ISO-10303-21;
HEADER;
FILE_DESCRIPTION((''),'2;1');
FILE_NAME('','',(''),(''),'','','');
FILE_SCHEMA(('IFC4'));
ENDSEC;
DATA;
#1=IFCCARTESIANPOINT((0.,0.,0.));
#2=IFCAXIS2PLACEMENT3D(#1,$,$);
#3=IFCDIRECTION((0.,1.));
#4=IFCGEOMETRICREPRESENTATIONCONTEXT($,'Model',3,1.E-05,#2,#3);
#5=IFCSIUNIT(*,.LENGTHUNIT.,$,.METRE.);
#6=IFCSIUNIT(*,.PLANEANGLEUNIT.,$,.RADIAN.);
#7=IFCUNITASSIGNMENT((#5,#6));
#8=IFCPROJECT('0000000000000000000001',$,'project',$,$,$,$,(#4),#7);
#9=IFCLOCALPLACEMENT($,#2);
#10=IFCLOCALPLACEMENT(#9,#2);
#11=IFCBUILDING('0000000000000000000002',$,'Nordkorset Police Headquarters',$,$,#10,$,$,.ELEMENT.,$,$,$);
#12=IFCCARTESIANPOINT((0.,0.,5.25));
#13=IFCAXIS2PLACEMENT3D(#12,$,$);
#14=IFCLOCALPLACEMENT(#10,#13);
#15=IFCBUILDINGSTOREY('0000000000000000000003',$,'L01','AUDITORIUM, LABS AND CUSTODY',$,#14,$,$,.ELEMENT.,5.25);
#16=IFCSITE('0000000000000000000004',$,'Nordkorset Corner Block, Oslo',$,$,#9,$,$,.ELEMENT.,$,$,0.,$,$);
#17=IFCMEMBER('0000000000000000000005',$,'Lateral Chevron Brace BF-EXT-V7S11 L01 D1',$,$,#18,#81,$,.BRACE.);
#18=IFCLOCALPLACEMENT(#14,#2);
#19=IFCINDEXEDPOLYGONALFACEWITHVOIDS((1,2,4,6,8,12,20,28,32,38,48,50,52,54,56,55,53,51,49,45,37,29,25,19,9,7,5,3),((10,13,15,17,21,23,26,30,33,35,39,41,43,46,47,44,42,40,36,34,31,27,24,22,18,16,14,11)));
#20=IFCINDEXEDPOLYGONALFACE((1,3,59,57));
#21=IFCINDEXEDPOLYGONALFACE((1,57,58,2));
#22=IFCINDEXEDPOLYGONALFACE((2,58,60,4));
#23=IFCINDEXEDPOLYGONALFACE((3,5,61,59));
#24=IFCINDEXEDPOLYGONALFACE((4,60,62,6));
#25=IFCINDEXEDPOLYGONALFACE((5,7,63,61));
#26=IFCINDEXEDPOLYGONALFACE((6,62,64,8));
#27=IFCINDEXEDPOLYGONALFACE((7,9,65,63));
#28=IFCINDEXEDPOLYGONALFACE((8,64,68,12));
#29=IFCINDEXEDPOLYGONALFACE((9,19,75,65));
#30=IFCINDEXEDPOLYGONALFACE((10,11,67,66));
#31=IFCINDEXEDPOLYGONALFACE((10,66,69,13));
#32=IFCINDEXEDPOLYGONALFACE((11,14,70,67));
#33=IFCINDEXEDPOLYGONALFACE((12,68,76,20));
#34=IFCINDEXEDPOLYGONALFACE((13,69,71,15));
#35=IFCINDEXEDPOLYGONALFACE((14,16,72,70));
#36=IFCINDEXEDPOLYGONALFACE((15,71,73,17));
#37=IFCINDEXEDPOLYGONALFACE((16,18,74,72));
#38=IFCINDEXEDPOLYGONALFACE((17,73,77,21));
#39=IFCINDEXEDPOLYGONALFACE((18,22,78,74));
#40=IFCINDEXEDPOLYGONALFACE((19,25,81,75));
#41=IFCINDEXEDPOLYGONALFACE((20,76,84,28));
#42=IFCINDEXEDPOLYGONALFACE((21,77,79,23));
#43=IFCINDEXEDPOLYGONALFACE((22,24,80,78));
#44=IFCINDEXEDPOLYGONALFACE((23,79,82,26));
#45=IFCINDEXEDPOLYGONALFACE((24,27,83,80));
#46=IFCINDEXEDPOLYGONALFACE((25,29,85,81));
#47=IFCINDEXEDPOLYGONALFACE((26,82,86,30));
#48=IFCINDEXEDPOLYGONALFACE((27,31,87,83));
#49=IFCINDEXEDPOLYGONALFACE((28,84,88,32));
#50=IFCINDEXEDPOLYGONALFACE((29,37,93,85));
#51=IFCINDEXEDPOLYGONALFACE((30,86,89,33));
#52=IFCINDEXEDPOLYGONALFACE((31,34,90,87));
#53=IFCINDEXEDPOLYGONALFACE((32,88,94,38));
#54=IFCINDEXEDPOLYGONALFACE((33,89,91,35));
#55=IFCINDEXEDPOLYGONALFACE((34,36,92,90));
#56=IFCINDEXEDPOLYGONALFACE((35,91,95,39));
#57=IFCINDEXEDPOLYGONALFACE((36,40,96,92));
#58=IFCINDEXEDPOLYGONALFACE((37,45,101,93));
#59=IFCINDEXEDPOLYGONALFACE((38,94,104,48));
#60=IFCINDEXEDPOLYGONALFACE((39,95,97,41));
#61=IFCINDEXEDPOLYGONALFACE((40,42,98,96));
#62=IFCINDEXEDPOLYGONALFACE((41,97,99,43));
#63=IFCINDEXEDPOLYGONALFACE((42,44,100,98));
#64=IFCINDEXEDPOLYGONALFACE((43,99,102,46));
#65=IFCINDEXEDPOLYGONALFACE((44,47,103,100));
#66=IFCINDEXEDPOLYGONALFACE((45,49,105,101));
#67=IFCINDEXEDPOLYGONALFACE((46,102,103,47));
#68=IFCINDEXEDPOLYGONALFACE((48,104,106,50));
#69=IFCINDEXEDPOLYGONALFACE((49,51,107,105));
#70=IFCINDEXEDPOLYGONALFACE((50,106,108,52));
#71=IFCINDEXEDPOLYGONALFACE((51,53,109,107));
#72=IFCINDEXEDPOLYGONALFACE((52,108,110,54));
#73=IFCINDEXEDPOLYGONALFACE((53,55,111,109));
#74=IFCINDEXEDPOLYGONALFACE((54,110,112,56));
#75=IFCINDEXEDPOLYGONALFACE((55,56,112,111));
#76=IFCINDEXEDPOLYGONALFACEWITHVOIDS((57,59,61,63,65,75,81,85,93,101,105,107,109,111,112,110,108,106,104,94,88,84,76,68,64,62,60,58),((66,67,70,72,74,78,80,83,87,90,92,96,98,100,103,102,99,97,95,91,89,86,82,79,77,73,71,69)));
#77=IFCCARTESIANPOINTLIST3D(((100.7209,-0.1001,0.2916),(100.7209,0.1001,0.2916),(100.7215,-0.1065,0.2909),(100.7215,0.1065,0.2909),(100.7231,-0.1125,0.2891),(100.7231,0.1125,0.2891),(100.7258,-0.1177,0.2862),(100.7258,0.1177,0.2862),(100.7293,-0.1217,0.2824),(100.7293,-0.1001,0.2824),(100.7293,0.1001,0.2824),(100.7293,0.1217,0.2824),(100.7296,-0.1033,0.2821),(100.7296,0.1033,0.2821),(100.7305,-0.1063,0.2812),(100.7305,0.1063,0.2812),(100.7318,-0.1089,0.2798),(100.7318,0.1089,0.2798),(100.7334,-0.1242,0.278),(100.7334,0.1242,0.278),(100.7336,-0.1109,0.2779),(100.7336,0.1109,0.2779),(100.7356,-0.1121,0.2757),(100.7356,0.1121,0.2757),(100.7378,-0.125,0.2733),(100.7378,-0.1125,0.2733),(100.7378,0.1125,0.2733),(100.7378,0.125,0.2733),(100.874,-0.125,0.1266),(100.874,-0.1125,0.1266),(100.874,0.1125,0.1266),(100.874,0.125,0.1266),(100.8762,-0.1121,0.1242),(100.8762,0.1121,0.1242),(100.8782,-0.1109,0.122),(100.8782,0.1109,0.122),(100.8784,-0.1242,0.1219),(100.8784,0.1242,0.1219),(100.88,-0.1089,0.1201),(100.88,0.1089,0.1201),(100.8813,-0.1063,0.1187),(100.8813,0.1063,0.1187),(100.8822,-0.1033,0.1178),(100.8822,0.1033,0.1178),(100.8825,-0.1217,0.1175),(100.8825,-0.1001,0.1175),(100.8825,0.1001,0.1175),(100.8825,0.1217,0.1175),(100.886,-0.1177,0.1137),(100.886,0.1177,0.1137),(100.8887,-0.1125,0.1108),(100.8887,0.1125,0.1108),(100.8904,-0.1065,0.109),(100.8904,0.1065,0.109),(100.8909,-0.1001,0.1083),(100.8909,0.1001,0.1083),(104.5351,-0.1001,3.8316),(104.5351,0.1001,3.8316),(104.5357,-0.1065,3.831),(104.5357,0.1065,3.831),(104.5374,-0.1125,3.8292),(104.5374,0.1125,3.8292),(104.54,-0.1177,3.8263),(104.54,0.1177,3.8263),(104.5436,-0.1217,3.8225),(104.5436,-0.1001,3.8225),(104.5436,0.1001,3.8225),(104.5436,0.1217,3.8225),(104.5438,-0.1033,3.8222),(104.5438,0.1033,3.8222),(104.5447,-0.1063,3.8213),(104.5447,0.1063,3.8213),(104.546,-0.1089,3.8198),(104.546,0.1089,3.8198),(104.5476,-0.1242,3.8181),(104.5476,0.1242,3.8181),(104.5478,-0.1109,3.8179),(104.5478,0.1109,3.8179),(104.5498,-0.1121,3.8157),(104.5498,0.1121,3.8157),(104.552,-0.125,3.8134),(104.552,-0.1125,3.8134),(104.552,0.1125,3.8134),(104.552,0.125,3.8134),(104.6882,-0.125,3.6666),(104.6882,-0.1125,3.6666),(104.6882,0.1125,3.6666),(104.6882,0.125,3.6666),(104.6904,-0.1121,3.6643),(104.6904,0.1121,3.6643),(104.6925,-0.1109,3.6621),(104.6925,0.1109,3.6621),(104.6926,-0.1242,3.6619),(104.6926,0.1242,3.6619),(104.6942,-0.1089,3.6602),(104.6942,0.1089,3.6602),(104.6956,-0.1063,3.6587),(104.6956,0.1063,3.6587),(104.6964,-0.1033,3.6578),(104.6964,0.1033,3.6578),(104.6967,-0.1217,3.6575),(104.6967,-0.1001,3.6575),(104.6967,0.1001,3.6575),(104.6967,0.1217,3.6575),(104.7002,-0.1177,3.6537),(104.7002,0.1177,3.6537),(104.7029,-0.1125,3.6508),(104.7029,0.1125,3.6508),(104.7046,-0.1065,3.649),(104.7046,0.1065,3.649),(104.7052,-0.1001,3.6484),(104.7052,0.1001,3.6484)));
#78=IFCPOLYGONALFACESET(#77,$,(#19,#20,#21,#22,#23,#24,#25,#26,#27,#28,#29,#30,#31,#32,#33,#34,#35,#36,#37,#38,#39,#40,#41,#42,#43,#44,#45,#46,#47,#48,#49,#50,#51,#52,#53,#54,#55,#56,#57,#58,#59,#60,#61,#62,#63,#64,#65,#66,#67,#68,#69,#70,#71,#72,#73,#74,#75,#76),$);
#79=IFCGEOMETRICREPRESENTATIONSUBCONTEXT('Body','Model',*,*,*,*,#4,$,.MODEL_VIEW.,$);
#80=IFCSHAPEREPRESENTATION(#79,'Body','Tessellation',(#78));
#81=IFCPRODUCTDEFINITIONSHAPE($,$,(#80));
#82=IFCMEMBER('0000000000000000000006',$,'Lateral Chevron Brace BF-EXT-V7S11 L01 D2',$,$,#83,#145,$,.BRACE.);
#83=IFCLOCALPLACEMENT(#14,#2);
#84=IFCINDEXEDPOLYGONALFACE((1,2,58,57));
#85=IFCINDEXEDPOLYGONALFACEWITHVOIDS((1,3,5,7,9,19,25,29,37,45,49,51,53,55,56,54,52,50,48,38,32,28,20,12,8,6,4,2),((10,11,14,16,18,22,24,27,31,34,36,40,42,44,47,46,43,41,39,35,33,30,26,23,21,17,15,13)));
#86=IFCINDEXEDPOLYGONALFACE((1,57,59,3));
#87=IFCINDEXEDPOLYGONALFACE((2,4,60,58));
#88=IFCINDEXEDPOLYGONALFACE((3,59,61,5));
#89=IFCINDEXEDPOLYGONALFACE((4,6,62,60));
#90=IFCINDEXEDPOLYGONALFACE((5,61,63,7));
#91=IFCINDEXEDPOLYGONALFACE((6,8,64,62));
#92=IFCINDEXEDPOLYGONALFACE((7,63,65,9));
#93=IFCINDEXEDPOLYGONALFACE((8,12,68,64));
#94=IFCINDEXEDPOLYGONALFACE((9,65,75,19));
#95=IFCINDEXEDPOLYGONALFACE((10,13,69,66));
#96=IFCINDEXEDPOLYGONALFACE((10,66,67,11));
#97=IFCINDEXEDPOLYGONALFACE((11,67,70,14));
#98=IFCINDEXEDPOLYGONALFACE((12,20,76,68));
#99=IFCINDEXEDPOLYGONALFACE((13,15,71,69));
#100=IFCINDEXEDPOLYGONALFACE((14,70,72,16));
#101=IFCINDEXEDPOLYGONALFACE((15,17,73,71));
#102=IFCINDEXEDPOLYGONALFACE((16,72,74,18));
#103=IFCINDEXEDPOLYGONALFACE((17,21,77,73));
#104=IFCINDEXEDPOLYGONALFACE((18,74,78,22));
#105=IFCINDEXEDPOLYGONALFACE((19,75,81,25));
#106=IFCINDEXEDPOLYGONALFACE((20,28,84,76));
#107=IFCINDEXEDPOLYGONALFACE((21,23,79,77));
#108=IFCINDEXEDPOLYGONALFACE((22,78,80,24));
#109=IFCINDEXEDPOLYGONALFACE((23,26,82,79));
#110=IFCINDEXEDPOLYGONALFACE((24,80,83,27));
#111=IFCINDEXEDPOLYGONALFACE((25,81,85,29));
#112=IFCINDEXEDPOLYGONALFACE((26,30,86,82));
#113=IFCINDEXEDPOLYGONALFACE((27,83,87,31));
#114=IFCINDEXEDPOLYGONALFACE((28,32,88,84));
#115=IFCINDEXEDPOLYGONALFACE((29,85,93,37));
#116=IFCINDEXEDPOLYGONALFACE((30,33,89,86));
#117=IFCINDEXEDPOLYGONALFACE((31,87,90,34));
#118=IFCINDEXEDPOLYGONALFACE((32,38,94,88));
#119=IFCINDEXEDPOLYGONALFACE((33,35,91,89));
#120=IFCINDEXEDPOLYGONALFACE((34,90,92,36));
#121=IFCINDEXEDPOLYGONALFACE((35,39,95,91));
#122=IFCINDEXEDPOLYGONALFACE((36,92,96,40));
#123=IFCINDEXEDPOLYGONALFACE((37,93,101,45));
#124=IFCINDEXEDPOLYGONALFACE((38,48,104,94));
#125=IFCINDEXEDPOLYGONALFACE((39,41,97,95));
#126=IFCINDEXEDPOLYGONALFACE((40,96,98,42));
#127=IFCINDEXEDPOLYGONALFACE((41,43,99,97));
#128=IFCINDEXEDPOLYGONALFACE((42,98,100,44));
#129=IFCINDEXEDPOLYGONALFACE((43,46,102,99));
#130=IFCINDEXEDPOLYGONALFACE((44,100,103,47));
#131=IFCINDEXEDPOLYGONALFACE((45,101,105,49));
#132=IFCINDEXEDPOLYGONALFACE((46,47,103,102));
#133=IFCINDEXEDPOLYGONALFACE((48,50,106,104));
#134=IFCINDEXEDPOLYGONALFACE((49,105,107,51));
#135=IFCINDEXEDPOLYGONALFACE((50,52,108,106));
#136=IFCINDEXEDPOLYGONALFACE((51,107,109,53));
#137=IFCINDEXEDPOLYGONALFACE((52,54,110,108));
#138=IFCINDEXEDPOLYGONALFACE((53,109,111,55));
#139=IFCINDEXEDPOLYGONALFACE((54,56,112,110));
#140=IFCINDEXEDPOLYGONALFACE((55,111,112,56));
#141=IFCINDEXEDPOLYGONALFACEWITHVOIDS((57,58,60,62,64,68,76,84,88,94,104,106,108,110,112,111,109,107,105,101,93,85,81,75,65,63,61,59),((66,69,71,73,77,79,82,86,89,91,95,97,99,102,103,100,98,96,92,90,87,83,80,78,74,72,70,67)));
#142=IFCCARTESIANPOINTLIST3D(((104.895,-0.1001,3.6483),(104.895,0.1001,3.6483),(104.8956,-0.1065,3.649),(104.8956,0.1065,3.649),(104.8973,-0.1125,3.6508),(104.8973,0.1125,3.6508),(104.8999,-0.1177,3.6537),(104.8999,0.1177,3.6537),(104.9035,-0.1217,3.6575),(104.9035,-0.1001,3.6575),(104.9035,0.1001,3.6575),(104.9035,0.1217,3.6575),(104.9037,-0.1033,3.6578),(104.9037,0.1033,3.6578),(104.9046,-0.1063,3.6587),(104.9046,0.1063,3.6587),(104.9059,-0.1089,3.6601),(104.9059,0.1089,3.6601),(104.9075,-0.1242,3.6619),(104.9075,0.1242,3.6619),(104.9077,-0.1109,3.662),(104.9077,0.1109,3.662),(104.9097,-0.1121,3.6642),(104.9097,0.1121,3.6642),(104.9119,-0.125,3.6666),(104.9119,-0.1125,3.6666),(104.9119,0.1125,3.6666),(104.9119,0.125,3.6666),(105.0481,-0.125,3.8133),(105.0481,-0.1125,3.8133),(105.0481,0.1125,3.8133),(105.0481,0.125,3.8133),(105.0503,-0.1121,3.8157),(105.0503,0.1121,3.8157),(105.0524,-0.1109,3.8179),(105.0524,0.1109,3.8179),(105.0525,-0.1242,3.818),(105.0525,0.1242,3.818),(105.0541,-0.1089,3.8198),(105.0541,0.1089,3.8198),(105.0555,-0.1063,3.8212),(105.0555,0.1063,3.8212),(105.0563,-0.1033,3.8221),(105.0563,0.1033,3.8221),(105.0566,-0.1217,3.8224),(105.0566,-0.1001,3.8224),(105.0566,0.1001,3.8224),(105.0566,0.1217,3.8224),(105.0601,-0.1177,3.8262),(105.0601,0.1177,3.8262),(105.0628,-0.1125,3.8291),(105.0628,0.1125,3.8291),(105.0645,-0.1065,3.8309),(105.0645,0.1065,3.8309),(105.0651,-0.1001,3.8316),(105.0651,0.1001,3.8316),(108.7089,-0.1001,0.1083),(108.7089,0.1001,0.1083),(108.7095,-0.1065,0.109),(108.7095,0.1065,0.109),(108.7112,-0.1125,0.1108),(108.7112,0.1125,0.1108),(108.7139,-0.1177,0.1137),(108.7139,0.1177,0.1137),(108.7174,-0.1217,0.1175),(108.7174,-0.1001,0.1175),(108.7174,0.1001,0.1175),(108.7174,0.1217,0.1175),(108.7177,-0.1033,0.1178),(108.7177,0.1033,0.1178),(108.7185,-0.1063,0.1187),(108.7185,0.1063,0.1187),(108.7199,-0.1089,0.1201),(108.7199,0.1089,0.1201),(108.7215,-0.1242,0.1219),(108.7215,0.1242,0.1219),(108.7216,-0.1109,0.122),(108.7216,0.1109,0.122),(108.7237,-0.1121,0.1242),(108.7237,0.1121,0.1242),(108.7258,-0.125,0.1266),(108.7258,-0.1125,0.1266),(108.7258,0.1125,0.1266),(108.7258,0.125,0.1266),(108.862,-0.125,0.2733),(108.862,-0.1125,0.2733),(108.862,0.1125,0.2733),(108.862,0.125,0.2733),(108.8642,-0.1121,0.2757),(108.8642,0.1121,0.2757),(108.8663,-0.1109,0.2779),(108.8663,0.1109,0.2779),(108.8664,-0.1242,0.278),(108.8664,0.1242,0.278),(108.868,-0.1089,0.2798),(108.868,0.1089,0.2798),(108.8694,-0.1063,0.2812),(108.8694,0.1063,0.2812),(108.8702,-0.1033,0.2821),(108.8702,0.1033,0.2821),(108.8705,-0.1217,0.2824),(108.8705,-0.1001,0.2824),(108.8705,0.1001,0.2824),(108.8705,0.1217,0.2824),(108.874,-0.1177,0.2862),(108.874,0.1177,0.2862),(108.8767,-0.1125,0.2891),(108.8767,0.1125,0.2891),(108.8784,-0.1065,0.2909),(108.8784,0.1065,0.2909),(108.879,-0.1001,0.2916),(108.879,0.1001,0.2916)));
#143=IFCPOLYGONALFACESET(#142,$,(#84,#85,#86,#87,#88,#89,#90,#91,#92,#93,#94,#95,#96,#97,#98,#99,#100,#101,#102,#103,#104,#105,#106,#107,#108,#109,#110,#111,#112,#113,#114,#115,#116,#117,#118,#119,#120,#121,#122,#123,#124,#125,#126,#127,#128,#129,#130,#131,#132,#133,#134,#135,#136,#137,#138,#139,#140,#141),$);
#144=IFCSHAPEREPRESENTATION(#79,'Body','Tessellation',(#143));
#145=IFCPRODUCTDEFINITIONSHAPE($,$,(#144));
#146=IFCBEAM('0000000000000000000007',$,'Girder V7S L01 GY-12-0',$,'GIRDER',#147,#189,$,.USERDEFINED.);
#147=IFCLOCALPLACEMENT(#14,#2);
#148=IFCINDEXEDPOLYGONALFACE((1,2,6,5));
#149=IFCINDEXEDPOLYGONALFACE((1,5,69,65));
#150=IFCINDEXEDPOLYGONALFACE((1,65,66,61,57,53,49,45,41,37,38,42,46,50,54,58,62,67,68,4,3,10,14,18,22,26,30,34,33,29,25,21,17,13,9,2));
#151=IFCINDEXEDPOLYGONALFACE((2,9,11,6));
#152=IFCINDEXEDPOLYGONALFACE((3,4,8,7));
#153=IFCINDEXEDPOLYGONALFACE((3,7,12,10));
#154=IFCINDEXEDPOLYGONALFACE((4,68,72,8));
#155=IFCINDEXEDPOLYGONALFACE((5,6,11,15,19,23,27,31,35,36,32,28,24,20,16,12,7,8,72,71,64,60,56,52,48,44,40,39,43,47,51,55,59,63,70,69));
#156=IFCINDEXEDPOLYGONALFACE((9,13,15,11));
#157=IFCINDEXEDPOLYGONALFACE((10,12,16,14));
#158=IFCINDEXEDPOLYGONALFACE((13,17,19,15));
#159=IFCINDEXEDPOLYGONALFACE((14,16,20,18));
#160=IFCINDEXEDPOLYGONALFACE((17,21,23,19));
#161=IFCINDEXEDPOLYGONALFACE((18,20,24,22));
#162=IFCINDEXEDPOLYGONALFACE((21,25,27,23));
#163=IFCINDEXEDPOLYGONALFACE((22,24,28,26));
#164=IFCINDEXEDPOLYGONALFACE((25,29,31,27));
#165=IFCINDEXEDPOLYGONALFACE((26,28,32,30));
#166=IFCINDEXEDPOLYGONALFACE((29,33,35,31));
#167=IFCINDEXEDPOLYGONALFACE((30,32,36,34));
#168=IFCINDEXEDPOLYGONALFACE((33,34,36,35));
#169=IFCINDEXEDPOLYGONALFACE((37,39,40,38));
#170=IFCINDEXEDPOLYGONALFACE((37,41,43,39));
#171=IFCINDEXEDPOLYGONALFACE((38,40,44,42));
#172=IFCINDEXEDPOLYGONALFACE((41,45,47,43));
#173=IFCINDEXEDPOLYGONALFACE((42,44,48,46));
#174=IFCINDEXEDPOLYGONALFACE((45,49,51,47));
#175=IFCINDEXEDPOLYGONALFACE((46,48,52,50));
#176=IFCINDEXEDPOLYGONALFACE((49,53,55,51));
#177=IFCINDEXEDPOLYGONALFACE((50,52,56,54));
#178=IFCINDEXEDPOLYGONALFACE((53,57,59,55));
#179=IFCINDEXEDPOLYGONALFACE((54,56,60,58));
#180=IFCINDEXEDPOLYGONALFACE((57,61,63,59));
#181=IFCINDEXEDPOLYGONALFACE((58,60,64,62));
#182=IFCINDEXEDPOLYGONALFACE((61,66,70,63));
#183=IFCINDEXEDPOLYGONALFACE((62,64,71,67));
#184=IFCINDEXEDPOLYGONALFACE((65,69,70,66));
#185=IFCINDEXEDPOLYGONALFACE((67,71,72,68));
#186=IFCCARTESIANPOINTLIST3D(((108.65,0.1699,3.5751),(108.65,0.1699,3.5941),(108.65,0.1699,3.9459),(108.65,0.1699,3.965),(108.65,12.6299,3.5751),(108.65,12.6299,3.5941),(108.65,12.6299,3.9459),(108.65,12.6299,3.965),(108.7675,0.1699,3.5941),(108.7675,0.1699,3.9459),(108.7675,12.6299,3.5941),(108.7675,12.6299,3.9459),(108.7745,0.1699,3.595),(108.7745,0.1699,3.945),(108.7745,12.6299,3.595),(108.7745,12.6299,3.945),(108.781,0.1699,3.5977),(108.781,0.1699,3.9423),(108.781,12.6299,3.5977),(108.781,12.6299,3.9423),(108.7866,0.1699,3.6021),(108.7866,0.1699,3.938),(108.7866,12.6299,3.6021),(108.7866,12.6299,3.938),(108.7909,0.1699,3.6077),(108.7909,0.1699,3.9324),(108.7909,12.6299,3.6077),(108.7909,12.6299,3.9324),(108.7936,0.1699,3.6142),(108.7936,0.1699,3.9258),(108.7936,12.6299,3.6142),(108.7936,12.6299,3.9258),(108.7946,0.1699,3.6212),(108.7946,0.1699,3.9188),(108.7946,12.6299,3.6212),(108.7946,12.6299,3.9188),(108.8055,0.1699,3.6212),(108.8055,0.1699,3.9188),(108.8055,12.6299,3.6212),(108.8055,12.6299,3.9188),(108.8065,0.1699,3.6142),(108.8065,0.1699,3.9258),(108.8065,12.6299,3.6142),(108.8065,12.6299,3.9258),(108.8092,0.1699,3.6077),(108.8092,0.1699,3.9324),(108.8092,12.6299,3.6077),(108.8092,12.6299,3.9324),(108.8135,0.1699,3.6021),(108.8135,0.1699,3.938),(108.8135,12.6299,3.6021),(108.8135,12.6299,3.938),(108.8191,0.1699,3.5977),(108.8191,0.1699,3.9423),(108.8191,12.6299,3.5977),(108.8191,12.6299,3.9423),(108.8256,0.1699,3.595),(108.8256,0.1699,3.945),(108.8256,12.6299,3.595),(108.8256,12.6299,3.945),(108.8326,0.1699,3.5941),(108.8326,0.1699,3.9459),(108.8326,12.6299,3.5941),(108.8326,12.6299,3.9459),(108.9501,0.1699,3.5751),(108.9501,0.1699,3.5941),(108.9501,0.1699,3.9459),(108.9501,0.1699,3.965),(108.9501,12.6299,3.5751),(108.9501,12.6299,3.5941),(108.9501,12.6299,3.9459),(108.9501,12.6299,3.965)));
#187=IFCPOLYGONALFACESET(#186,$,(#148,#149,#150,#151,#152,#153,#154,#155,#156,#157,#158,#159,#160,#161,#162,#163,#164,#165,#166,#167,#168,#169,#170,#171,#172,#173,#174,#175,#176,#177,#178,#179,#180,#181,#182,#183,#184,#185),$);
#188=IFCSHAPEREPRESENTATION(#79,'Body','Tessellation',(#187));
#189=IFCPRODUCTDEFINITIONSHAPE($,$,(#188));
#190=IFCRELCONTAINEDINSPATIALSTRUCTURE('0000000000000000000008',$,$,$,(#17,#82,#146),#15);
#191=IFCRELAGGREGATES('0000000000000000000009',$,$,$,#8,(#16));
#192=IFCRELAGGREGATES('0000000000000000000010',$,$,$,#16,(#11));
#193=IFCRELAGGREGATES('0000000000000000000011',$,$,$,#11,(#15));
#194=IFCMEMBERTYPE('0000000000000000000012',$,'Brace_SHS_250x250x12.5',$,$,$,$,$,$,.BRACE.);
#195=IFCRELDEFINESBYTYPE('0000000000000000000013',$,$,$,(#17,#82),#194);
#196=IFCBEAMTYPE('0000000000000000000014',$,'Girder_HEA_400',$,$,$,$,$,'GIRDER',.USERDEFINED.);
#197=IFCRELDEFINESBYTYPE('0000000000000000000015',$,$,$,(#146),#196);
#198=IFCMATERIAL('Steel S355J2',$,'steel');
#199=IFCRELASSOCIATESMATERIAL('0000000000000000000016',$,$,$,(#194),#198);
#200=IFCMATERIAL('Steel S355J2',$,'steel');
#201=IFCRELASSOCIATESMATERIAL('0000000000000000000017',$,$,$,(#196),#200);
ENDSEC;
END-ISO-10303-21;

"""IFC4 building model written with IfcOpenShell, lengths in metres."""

from ifc_helpers import new_model, si_unit, direction, frame, origin, origin_2d, place, context, subcontext, project, spatial, hollow_rectangle, i_section, extrude, material, material_profile, profile_set, type_object, element, save


model = new_model("IFC4")

# Units and contexts
model_context = context("Model", 3, precision=1e-05, world=origin(), true_north=direction((0.0, 1.0)))
body_context = subcontext(model_context, "Body", "Model", "MODEL_VIEW")
ifc_project = project(units=[si_unit("LENGTHUNIT", "METRE"), si_unit("PLANEANGLEUNIT", "RADIAN")], contexts=[model_context])

# Site, building, storey
site_placement = place(None, origin())
site = spatial("IfcSite", under=ifc_project, at=site_placement, Name="Nordkorset Corner Block, Oslo", CompositionType="ELEMENT", RefElevation=0.0)
building_placement = place(site_placement, origin())
building = spatial("IfcBuilding", under=site, at=building_placement, Name="Nordkorset Police Headquarters", CompositionType="ELEMENT")
storey_placement = place(building_placement, frame((0.0, 0.0, 5.25)))
storey = spatial("IfcBuildingStorey", under=building, at=storey_placement, Name="L01", Description="AUDITORIUM, LABS AND CUSTODY", CompositionType="ELEMENT", Elevation=5.25)

# Members
ifc_material_1 = material(Name="Steel S355J2", Category="steel")
ifc_material_profile_1 = material_profile(ifc_material_1, hollow_rectangle(XDim=0.25, YDim=0.25, WallThickness=0.0125, InnerFilletRadius=0.0125, OuterFilletRadius=0.0249, at=origin_2d()), Name="SHS 250x250x12.5")
ifc_profile_set_1 = profile_set([ifc_material_profile_1], Name="Steel S355J2")
member_type = type_object("IfcMemberType", Name="Brace_SHS_250x250x12.5", PredefinedType="BRACE", material=ifc_profile_set_1)
member_1_placement = place(storey_placement, frame((100.8059, 0.0, 0.2), z_axis=(0.732959, 0.0, 0.680273), x_axis=(0.0, 1.0, 0.0)))
element("IfcMember", 1, at=member_1_placement, inside=storey, type_object=member_type, Name="Lateral Chevron Brace BF-EXT-V7S11 L01 D1", PredefinedType="BRACE", context=body_context, shape_type="SweptSolid", body=[
    extrude(hollow_rectangle(XDim=0.25, YDim=0.25, WallThickness=0.0125, InnerFilletRadius=0.0125, OuterFilletRadius=0.0249, at=origin_2d()), origin(), (0.0, 0.0, 1.0), 5.2039),
])
member_2_placement = place(storey_placement, frame((108.7939, 0.0, 0.2), z_axis=(-0.732937, 0.0, 0.680296), x_axis=(0.0, -1.0, 0.0)))
element("IfcMember", 2, at=member_2_placement, inside=storey, type_object=member_type, Name="Lateral Chevron Brace BF-EXT-V7S11 L01 D2", PredefinedType="BRACE", context=body_context, shape_type="SweptSolid", body=[
    extrude(hollow_rectangle(XDim=0.25, YDim=0.25, WallThickness=0.0125, InnerFilletRadius=0.0125, OuterFilletRadius=0.0249, at=origin_2d()), origin(), (0.0, 0.0, 1.0), 5.2036),
])

# Beam
ifc_material_2 = material(Name="Steel S355J2", Category="steel")
ifc_material_profile_2 = material_profile(ifc_material_2, i_section(OverallWidth=0.3, OverallDepth=0.3899, WebThickness=0.011, FlangeThickness=0.019, FilletRadius=0.0271, at=origin_2d()), Name="HEA 400")
ifc_profile_set_2 = profile_set([ifc_material_profile_2], Name="Steel S355J2")
beam_type_1 = type_object("IfcBeamType", Name="Girder_HEA_400", ElementType="GIRDER", PredefinedType="USERDEFINED", material=ifc_profile_set_2)
for number, where, z_axis, x_axis, name in (
    (3, (108.8, 0.1699, 3.77), (0.0, 1.0, 0.0), (-1.0, 0.0, 0.0), "Girder V7S L01 GY-12-0"),
):
    element("IfcBeam", number, at=place(storey_placement, frame(where, z_axis=z_axis, x_axis=x_axis)), inside=storey, type_object=beam_type_1, Name=name, ObjectType="GIRDER", PredefinedType="USERDEFINED", context=body_context, shape_type="SweptSolid", body=[
        extrude(i_section(OverallWidth=0.3, OverallDepth=0.3899, WebThickness=0.011, FlangeThickness=0.019, FilletRadius=0.0271, at=origin_2d()), origin(), (0.0, 0.0, 1.0), 12.46),
    ])

save(model, "model.ifc")
